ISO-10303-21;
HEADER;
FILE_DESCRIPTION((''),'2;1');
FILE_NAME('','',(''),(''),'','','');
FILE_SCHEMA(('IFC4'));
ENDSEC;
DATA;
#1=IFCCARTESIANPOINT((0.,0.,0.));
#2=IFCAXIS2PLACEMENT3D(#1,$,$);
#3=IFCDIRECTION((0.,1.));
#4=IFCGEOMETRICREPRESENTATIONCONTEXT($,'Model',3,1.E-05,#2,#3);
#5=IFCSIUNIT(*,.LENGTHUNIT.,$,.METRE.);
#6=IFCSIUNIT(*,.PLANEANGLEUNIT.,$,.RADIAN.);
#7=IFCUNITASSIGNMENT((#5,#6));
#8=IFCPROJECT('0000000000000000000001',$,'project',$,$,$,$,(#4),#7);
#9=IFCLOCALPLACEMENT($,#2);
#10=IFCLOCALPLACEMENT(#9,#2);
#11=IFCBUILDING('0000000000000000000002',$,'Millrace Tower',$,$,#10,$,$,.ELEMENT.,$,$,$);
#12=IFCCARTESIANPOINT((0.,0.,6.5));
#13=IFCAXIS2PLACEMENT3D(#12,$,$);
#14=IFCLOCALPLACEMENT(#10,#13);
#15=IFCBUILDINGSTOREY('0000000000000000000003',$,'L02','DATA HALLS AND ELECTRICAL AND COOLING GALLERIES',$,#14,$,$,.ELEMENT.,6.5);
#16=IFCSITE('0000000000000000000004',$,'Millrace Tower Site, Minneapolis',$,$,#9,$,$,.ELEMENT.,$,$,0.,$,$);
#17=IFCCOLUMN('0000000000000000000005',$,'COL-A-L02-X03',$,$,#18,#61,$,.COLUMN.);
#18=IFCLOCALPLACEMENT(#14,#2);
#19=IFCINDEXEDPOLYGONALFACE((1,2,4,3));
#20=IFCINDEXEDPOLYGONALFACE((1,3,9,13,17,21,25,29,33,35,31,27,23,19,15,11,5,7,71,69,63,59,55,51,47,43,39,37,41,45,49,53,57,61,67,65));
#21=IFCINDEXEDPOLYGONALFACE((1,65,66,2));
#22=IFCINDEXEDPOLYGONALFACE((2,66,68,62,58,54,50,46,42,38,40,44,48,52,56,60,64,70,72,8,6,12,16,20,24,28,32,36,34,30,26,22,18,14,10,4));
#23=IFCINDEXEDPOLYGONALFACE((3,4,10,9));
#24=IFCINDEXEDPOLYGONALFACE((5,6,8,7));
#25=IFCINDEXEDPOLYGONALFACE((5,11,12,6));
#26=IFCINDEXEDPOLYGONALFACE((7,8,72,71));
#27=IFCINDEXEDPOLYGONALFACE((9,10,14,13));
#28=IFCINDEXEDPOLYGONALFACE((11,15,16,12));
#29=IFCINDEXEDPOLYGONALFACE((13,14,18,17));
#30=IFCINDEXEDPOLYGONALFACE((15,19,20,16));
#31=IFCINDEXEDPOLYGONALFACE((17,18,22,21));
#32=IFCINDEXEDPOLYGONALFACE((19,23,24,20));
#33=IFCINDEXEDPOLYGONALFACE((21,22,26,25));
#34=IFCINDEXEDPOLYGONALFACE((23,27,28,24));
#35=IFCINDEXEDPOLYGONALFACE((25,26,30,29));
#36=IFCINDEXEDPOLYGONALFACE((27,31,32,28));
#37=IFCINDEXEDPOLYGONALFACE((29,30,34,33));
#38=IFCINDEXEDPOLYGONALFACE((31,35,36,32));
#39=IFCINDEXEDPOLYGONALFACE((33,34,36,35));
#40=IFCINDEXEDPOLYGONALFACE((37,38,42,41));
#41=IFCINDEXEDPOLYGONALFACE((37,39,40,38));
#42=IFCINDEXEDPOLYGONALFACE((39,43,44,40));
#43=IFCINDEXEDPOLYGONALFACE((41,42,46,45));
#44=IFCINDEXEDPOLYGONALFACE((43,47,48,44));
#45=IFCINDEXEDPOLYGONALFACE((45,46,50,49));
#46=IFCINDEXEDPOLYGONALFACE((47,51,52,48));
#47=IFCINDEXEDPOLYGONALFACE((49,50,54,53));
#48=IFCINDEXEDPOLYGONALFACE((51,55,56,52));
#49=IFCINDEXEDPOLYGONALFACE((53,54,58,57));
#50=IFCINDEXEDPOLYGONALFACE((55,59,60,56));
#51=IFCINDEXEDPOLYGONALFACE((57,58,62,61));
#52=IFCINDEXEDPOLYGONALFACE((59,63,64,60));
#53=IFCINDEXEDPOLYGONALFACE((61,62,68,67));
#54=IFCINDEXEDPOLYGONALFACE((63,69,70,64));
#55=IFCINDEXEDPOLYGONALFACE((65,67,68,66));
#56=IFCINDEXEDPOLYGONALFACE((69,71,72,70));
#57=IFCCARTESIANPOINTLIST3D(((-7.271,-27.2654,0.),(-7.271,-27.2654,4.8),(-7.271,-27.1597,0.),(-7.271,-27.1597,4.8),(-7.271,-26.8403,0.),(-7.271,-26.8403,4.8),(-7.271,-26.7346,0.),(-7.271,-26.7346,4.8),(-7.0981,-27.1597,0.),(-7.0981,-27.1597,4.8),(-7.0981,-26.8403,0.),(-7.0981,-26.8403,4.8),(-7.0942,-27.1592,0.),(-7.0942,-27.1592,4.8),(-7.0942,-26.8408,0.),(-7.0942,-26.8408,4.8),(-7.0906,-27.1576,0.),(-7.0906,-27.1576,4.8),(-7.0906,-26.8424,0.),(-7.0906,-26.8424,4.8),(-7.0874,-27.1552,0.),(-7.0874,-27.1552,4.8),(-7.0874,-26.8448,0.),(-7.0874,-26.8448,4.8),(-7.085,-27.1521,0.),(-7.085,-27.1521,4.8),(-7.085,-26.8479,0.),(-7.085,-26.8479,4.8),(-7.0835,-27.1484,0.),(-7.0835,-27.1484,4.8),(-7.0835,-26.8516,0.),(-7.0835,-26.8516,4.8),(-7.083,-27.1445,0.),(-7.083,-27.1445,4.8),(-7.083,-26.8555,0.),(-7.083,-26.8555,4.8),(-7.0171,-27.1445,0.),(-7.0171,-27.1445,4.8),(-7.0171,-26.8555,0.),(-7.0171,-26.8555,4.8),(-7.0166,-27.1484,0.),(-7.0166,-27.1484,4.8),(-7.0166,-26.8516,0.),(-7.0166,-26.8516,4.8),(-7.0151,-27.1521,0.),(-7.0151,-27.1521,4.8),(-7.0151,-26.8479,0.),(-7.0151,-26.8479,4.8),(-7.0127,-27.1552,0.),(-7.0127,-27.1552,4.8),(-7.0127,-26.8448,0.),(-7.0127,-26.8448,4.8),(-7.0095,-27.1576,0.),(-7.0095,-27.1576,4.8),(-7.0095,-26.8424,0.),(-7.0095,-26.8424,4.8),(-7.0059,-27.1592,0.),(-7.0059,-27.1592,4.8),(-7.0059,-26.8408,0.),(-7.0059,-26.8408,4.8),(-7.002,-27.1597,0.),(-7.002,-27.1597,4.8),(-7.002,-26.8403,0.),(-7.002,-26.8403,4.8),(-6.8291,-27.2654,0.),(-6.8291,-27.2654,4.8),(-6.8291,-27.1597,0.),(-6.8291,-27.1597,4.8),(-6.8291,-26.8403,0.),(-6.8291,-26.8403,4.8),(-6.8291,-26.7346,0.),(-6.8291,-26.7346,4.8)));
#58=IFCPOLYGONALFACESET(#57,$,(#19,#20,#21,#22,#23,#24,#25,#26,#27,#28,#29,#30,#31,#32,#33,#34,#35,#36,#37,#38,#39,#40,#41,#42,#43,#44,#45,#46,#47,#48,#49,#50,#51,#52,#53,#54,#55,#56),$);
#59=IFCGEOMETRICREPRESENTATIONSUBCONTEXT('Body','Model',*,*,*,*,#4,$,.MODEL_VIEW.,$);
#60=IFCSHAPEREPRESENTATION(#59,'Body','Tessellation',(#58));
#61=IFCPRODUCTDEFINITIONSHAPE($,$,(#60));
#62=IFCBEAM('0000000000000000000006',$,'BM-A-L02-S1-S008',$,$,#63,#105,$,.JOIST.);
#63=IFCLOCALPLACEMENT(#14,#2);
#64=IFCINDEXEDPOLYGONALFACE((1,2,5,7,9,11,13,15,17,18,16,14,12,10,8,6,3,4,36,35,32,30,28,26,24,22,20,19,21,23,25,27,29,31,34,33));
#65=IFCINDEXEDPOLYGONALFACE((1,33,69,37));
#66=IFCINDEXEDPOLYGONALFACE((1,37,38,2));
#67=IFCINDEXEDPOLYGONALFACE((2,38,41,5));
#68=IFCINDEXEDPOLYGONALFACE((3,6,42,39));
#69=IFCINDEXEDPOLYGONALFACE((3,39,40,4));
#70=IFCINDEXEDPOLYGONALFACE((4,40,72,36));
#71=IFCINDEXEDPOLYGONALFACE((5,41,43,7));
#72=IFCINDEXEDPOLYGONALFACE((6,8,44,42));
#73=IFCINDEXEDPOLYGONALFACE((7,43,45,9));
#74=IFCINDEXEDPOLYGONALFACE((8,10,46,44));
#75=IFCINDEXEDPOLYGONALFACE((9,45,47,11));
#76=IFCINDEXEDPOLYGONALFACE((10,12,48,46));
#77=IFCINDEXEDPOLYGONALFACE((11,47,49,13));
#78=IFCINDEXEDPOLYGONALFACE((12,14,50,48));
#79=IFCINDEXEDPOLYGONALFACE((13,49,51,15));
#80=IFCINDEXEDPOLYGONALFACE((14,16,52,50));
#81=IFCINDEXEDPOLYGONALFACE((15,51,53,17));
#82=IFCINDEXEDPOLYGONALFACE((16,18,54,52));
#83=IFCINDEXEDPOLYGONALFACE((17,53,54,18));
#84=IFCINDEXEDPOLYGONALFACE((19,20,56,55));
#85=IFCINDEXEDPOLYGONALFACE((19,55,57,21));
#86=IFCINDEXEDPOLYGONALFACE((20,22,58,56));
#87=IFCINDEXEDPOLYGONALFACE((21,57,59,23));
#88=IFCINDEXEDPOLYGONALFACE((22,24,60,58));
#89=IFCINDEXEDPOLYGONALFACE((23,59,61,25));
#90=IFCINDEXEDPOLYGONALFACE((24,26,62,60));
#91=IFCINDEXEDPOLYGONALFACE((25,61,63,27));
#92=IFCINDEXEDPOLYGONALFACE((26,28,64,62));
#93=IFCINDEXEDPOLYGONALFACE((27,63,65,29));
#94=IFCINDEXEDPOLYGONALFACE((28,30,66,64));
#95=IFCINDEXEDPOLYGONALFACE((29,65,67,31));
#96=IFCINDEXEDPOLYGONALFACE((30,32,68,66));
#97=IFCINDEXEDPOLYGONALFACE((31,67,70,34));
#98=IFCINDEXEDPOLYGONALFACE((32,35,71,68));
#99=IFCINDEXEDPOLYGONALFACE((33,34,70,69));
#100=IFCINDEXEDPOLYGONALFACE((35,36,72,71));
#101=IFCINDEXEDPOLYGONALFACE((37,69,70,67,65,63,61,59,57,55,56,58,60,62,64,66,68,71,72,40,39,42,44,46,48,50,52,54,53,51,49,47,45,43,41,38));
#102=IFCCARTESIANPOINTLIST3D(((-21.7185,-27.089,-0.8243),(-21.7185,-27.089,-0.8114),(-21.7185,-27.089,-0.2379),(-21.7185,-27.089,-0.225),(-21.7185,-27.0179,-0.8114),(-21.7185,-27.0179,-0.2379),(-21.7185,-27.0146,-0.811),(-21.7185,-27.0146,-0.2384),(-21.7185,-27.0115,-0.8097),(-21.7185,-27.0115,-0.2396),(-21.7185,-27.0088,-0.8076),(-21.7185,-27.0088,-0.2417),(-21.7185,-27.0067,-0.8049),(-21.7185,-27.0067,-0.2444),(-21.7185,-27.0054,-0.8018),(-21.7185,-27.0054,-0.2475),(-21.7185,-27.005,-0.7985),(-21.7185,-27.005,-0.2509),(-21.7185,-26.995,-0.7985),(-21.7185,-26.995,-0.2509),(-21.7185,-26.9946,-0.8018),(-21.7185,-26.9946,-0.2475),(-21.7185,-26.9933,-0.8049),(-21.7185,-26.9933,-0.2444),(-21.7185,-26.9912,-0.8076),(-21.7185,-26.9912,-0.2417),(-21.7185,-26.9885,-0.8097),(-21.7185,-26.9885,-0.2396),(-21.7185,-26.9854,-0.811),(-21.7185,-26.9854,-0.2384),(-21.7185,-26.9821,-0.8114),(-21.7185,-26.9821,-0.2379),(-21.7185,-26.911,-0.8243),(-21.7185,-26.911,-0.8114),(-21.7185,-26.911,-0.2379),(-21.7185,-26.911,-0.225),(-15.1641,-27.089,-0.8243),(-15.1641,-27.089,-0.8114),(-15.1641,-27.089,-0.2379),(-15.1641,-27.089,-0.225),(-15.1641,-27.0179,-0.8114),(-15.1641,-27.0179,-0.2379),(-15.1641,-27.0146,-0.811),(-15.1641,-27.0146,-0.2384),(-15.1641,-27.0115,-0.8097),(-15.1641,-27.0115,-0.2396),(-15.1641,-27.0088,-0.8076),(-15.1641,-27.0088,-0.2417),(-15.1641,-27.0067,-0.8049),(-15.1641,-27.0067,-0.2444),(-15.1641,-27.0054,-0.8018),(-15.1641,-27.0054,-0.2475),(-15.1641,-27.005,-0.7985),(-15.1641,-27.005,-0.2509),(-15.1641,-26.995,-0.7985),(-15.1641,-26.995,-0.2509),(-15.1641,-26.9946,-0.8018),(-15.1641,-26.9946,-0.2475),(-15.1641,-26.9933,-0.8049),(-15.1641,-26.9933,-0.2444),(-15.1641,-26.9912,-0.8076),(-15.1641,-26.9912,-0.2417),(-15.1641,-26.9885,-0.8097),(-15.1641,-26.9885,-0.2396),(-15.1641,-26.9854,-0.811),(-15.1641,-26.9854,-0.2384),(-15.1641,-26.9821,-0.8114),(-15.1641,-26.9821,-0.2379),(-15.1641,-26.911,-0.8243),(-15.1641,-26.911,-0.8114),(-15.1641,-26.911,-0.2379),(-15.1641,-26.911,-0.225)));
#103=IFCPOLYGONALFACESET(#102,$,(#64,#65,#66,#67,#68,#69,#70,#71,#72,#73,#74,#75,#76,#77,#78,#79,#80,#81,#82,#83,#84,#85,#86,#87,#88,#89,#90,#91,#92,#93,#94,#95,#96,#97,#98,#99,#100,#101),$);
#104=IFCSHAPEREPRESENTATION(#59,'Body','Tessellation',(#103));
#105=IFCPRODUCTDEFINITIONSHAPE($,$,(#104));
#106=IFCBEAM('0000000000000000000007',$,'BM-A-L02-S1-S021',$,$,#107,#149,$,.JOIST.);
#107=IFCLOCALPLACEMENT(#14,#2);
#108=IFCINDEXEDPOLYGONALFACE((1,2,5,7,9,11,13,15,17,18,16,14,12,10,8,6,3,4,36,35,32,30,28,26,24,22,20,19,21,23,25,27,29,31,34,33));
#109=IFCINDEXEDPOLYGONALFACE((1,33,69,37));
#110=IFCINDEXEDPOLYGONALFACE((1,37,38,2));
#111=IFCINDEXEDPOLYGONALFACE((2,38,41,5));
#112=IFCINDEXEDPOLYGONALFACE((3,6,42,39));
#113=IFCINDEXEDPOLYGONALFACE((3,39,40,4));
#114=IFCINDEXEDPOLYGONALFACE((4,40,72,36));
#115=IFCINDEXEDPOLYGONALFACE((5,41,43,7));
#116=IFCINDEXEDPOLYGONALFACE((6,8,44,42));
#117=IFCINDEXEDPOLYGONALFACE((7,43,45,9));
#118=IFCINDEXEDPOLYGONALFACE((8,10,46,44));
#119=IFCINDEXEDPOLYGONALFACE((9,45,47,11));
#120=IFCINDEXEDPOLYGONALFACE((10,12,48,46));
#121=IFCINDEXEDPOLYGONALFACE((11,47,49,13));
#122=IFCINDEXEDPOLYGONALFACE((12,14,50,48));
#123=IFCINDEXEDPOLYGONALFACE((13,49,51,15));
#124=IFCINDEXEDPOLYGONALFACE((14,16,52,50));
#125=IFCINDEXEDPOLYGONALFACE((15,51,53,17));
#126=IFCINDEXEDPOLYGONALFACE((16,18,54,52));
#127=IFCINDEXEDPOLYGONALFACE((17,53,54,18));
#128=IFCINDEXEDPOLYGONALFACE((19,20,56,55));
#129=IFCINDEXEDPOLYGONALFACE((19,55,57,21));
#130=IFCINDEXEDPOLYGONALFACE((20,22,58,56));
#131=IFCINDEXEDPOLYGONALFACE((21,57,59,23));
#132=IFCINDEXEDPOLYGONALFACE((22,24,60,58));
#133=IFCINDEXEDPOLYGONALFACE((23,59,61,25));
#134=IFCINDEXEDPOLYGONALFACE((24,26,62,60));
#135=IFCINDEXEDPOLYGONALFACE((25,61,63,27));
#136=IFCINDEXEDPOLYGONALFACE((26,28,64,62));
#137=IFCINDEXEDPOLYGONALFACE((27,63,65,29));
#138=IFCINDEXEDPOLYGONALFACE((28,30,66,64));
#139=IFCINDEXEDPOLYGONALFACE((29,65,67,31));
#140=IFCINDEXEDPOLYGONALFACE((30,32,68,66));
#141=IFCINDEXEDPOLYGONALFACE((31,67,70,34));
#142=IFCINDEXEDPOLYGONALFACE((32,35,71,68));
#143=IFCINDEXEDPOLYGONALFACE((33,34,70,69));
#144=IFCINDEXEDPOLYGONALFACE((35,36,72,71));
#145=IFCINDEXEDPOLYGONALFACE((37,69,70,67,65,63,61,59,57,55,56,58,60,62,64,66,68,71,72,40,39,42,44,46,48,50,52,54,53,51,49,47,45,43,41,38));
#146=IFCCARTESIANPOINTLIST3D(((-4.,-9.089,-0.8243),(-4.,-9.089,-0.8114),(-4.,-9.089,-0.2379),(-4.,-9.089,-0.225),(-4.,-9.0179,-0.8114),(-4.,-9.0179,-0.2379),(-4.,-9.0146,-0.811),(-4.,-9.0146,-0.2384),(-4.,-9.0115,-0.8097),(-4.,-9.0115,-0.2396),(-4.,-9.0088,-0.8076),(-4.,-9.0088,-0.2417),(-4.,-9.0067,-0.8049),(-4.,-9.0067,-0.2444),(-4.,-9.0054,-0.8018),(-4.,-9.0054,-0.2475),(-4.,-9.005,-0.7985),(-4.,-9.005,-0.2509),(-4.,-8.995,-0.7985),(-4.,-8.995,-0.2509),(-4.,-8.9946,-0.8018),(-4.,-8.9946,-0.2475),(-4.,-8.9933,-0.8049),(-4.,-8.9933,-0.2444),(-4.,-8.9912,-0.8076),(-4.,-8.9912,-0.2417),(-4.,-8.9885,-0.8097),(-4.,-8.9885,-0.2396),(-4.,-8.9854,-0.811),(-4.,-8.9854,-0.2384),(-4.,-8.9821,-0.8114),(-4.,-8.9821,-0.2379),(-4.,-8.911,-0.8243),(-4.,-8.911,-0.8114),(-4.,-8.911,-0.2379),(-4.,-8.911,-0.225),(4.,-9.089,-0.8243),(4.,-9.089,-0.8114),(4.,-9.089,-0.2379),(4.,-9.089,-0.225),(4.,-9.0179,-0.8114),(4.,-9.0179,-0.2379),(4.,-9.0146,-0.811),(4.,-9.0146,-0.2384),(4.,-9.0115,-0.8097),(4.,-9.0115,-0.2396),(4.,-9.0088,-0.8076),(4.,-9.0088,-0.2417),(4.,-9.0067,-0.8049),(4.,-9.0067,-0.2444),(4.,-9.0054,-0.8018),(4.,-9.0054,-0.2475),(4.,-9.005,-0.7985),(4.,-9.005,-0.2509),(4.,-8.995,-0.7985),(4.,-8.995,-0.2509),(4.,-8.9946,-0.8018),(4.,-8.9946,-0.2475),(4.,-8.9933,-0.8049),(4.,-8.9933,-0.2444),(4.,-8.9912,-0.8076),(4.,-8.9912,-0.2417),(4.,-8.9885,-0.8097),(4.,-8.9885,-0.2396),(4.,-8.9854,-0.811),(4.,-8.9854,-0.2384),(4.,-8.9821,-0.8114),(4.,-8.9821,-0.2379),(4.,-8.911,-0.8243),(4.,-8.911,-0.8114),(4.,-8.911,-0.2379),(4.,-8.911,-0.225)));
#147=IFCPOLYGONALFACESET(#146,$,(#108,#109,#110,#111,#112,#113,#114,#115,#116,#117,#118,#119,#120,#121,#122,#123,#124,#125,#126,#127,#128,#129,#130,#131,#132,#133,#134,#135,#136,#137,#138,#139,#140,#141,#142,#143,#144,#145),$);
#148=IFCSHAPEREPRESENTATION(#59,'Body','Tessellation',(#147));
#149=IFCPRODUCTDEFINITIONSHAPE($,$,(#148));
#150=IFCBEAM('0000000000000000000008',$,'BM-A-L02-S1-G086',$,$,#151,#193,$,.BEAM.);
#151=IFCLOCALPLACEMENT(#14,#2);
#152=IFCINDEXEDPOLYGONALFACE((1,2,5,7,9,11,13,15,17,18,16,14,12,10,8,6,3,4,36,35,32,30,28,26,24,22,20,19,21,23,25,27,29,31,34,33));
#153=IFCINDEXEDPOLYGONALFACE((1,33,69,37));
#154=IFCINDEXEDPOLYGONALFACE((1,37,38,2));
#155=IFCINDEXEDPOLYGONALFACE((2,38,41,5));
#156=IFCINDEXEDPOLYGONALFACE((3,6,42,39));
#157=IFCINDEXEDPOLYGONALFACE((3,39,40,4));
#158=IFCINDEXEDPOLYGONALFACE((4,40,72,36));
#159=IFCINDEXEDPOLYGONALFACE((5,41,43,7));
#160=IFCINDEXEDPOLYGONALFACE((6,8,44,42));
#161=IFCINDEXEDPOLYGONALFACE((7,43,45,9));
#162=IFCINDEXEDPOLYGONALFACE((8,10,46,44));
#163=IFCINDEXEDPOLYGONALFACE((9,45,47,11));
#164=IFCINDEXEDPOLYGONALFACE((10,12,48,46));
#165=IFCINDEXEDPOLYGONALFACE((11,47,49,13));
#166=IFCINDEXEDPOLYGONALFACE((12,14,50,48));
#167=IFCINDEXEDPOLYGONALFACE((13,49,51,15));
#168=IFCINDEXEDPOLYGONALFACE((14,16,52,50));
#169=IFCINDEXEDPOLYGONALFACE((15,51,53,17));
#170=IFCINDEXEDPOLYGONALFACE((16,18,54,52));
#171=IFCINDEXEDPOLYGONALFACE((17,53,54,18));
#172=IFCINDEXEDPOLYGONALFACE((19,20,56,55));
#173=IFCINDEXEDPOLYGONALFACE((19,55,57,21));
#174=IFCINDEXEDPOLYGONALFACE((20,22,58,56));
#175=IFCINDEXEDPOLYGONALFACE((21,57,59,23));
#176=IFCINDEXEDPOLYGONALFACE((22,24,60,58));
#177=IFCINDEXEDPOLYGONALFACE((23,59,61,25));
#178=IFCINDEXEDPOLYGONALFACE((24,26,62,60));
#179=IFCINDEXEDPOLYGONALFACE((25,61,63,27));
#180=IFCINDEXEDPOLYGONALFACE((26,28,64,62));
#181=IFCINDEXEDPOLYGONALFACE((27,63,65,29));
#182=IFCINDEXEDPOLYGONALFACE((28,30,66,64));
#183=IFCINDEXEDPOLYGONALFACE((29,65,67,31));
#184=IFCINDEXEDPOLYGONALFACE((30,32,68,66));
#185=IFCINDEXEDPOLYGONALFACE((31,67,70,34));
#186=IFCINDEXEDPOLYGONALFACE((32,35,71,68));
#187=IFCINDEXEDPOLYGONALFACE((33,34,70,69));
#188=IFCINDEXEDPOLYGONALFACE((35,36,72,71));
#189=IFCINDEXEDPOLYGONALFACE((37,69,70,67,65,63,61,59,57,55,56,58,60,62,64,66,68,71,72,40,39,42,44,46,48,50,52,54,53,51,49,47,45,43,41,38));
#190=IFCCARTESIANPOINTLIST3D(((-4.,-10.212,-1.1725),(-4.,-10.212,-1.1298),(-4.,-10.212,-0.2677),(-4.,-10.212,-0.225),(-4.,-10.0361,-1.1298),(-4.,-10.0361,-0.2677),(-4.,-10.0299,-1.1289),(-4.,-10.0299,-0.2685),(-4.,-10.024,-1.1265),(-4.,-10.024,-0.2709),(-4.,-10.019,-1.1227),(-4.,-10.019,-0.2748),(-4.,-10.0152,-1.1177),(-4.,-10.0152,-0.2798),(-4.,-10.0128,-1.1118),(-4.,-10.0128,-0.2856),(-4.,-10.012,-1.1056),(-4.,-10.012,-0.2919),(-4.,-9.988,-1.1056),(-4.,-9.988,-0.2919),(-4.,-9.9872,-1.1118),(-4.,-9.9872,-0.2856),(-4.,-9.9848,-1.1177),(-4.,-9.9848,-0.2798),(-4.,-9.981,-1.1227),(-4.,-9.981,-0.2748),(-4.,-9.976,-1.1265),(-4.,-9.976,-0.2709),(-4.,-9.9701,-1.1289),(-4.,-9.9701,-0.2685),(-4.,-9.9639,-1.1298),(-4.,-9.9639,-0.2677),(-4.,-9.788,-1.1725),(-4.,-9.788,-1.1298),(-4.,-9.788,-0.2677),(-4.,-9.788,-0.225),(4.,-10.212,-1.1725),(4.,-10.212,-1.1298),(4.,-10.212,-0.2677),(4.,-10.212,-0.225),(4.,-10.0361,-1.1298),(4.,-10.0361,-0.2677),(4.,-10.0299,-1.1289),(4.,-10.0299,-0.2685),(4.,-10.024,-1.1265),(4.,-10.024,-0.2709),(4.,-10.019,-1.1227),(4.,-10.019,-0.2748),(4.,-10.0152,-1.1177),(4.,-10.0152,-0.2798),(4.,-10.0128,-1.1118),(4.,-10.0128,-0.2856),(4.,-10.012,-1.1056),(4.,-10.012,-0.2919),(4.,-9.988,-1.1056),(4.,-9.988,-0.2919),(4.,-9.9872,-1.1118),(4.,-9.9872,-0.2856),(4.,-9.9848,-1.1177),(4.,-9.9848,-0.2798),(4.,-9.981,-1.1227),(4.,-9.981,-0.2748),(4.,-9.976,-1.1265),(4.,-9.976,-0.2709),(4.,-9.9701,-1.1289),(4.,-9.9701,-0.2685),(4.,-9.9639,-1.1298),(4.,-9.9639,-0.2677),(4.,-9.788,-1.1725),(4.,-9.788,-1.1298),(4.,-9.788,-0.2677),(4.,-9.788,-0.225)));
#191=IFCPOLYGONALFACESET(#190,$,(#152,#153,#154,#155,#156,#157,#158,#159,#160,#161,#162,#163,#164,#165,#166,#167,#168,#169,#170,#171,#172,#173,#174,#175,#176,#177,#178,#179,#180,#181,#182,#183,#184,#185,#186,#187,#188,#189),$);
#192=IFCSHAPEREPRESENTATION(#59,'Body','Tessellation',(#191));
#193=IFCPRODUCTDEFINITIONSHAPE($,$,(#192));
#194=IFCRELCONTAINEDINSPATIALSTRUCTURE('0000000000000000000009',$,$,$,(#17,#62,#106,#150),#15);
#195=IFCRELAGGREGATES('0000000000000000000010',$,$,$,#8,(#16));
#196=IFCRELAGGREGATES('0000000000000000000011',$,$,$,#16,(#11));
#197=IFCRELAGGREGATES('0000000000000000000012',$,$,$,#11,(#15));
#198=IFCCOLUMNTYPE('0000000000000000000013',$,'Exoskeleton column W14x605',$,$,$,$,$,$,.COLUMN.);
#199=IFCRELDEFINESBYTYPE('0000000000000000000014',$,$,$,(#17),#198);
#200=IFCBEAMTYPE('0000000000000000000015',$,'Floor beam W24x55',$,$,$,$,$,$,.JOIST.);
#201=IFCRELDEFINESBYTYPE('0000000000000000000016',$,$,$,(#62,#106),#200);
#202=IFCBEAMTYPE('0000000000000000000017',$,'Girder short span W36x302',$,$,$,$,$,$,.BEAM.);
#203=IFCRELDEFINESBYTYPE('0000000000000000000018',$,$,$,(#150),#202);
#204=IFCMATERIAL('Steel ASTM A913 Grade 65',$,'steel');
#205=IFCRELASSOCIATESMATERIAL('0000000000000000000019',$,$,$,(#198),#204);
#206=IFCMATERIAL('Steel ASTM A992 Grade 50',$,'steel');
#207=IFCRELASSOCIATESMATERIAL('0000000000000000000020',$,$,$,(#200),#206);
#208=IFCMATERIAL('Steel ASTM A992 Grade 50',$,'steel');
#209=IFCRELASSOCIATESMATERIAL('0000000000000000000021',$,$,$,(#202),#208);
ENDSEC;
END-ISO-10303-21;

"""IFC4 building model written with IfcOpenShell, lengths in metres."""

from ifc_helpers import new_model, si_unit, direction, frame, origin, origin_2d, place, context, subcontext, project, spatial, i_section, extrude, material, material_profile, profile_set, type_object, element, save


model = new_model("IFC4")

# Units and contexts
model_context = context("Model", 3, precision=1e-05, world=origin(), true_north=direction((0.0, 1.0)))
body_context = subcontext(model_context, "Body", "Model", "MODEL_VIEW")
ifc_project = project(units=[si_unit("LENGTHUNIT", "METRE"), si_unit("PLANEANGLEUNIT", "RADIAN")], contexts=[model_context])

# Site, building, storey
site_placement = place(None, origin())
site = spatial("IfcSite", under=ifc_project, at=site_placement, Name="Millrace Tower Site, Minneapolis", CompositionType="ELEMENT", RefElevation=0.0)
building_placement = place(site_placement, origin())
building = spatial("IfcBuilding", under=site, at=building_placement, Name="Millrace Tower", CompositionType="ELEMENT")
storey_placement = place(building_placement, frame((0.0, 0.0, 6.5)))
storey = spatial("IfcBuildingStorey", under=building, at=storey_placement, Name="L02", Description="DATA HALLS AND ELECTRICAL AND COOLING GALLERIES", CompositionType="ELEMENT", Elevation=6.5)

# Column
ifc_material_1 = material(Name="Steel ASTM A913 Grade 65", Category="steel")
ifc_material_profile_1 = material_profile(ifc_material_1, i_section(OverallWidth=0.4419, OverallDepth=0.5308, WebThickness=0.0659, FlangeThickness=0.1057, FilletRadius=0.0151, at=origin_2d()))
ifc_profile_set_1 = profile_set([ifc_material_profile_1], Name="Steel ASTM A913 Grade 65")
column_type = type_object("IfcColumnType", Name="Exoskeleton column W14x605", PredefinedType="COLUMN", material=ifc_profile_set_1)
column_placement = place(storey_placement, frame((-7.05, -27.0, 0.0), z_axis=(0.0, 0.0, 1.0), x_axis=(1.0, 0.0, 0.0)))
element("IfcColumn", 1, at=column_placement, inside=storey, type_object=column_type, Name="COL-A-L02-X03", PredefinedType="COLUMN", context=body_context, shape_type="SweptSolid", body=[
    extrude(i_section(OverallWidth=0.4419, OverallDepth=0.5308, WebThickness=0.0659, FlangeThickness=0.1057, FilletRadius=0.0151, at=origin_2d()), origin(), (0.0, 0.0, 1.0), 4.8),
])

# Beams
ifc_material_2 = material(Name="Steel ASTM A992 Grade 50", Category="steel")
ifc_material_profile_2 = material_profile(ifc_material_2, i_section(OverallWidth=0.178, OverallDepth=0.5994, WebThickness=0.01, FlangeThickness=0.0129, FilletRadius=0.0129, at=origin_2d()))
ifc_profile_set_2 = profile_set([ifc_material_profile_2], Name="Steel ASTM A992 Grade 50")
beam_type_1 = type_object("IfcBeamType", Name="Floor beam W24x55", PredefinedType="JOIST", material=ifc_profile_set_2)
beam_1_placement = place(storey_placement, frame((-21.7185, -27.0, -0.5247), z_axis=(1.0, 0.0, 0.0), x_axis=(0.0, 1.0, 0.0)))
element("IfcBeam", 2, at=beam_1_placement, inside=storey, type_object=beam_type_1, Name="BM-A-L02-S1-S008", PredefinedType="JOIST", context=body_context, shape_type="SweptSolid", body=[
    extrude(i_section(OverallWidth=0.178, OverallDepth=0.5994, WebThickness=0.01, FlangeThickness=0.0129, FilletRadius=0.0129, at=origin_2d()), origin(), (0.0, 0.0, 1.0), 6.5544),
])
beam_2_placement = place(storey_placement, frame((-4.0, -9.0, -0.5247), z_axis=(1.0, 0.0, 0.0), x_axis=(0.0, 1.0, 0.0)))
element("IfcBeam", 3, at=beam_2_placement, inside=storey, type_object=beam_type_1, Name="BM-A-L02-S1-S021", PredefinedType="JOIST", context=body_context, shape_type="SweptSolid", body=[
    extrude(i_section(OverallWidth=0.178, OverallDepth=0.5994, WebThickness=0.01, FlangeThickness=0.0129, FilletRadius=0.0129, at=origin_2d()), origin(), (0.0, 0.0, 1.0), 8.0),
])
ifc_material_3 = material(Name="Steel ASTM A992 Grade 50", Category="steel")
ifc_material_profile_3 = material_profile(ifc_material_3, i_section(OverallWidth=0.4241, OverallDepth=0.9475, WebThickness=0.0239, FlangeThickness=0.0427, FilletRadius=0.0242, at=origin_2d()))
ifc_profile_set_3 = profile_set([ifc_material_profile_3], Name="Steel ASTM A992 Grade 50")
beam_type_2 = type_object("IfcBeamType", Name="Girder short span W36x302", PredefinedType="BEAM", material=ifc_profile_set_3)
beam_3_placement = place(storey_placement, frame((-4.0, -10.0, -0.6987), z_axis=(1.0, 0.0, 0.0), x_axis=(0.0, 1.0, 0.0)))
element("IfcBeam", 4, at=beam_3_placement, inside=storey, type_object=beam_type_2, Name="BM-A-L02-S1-G086", PredefinedType="BEAM", context=body_context, shape_type="SweptSolid", body=[
    extrude(i_section(OverallWidth=0.4241, OverallDepth=0.9475, WebThickness=0.0239, FlangeThickness=0.0427, FilletRadius=0.0242, at=origin_2d()), origin(), (0.0, 0.0, 1.0), 8.0),
])

save(model, "model.ifc")
